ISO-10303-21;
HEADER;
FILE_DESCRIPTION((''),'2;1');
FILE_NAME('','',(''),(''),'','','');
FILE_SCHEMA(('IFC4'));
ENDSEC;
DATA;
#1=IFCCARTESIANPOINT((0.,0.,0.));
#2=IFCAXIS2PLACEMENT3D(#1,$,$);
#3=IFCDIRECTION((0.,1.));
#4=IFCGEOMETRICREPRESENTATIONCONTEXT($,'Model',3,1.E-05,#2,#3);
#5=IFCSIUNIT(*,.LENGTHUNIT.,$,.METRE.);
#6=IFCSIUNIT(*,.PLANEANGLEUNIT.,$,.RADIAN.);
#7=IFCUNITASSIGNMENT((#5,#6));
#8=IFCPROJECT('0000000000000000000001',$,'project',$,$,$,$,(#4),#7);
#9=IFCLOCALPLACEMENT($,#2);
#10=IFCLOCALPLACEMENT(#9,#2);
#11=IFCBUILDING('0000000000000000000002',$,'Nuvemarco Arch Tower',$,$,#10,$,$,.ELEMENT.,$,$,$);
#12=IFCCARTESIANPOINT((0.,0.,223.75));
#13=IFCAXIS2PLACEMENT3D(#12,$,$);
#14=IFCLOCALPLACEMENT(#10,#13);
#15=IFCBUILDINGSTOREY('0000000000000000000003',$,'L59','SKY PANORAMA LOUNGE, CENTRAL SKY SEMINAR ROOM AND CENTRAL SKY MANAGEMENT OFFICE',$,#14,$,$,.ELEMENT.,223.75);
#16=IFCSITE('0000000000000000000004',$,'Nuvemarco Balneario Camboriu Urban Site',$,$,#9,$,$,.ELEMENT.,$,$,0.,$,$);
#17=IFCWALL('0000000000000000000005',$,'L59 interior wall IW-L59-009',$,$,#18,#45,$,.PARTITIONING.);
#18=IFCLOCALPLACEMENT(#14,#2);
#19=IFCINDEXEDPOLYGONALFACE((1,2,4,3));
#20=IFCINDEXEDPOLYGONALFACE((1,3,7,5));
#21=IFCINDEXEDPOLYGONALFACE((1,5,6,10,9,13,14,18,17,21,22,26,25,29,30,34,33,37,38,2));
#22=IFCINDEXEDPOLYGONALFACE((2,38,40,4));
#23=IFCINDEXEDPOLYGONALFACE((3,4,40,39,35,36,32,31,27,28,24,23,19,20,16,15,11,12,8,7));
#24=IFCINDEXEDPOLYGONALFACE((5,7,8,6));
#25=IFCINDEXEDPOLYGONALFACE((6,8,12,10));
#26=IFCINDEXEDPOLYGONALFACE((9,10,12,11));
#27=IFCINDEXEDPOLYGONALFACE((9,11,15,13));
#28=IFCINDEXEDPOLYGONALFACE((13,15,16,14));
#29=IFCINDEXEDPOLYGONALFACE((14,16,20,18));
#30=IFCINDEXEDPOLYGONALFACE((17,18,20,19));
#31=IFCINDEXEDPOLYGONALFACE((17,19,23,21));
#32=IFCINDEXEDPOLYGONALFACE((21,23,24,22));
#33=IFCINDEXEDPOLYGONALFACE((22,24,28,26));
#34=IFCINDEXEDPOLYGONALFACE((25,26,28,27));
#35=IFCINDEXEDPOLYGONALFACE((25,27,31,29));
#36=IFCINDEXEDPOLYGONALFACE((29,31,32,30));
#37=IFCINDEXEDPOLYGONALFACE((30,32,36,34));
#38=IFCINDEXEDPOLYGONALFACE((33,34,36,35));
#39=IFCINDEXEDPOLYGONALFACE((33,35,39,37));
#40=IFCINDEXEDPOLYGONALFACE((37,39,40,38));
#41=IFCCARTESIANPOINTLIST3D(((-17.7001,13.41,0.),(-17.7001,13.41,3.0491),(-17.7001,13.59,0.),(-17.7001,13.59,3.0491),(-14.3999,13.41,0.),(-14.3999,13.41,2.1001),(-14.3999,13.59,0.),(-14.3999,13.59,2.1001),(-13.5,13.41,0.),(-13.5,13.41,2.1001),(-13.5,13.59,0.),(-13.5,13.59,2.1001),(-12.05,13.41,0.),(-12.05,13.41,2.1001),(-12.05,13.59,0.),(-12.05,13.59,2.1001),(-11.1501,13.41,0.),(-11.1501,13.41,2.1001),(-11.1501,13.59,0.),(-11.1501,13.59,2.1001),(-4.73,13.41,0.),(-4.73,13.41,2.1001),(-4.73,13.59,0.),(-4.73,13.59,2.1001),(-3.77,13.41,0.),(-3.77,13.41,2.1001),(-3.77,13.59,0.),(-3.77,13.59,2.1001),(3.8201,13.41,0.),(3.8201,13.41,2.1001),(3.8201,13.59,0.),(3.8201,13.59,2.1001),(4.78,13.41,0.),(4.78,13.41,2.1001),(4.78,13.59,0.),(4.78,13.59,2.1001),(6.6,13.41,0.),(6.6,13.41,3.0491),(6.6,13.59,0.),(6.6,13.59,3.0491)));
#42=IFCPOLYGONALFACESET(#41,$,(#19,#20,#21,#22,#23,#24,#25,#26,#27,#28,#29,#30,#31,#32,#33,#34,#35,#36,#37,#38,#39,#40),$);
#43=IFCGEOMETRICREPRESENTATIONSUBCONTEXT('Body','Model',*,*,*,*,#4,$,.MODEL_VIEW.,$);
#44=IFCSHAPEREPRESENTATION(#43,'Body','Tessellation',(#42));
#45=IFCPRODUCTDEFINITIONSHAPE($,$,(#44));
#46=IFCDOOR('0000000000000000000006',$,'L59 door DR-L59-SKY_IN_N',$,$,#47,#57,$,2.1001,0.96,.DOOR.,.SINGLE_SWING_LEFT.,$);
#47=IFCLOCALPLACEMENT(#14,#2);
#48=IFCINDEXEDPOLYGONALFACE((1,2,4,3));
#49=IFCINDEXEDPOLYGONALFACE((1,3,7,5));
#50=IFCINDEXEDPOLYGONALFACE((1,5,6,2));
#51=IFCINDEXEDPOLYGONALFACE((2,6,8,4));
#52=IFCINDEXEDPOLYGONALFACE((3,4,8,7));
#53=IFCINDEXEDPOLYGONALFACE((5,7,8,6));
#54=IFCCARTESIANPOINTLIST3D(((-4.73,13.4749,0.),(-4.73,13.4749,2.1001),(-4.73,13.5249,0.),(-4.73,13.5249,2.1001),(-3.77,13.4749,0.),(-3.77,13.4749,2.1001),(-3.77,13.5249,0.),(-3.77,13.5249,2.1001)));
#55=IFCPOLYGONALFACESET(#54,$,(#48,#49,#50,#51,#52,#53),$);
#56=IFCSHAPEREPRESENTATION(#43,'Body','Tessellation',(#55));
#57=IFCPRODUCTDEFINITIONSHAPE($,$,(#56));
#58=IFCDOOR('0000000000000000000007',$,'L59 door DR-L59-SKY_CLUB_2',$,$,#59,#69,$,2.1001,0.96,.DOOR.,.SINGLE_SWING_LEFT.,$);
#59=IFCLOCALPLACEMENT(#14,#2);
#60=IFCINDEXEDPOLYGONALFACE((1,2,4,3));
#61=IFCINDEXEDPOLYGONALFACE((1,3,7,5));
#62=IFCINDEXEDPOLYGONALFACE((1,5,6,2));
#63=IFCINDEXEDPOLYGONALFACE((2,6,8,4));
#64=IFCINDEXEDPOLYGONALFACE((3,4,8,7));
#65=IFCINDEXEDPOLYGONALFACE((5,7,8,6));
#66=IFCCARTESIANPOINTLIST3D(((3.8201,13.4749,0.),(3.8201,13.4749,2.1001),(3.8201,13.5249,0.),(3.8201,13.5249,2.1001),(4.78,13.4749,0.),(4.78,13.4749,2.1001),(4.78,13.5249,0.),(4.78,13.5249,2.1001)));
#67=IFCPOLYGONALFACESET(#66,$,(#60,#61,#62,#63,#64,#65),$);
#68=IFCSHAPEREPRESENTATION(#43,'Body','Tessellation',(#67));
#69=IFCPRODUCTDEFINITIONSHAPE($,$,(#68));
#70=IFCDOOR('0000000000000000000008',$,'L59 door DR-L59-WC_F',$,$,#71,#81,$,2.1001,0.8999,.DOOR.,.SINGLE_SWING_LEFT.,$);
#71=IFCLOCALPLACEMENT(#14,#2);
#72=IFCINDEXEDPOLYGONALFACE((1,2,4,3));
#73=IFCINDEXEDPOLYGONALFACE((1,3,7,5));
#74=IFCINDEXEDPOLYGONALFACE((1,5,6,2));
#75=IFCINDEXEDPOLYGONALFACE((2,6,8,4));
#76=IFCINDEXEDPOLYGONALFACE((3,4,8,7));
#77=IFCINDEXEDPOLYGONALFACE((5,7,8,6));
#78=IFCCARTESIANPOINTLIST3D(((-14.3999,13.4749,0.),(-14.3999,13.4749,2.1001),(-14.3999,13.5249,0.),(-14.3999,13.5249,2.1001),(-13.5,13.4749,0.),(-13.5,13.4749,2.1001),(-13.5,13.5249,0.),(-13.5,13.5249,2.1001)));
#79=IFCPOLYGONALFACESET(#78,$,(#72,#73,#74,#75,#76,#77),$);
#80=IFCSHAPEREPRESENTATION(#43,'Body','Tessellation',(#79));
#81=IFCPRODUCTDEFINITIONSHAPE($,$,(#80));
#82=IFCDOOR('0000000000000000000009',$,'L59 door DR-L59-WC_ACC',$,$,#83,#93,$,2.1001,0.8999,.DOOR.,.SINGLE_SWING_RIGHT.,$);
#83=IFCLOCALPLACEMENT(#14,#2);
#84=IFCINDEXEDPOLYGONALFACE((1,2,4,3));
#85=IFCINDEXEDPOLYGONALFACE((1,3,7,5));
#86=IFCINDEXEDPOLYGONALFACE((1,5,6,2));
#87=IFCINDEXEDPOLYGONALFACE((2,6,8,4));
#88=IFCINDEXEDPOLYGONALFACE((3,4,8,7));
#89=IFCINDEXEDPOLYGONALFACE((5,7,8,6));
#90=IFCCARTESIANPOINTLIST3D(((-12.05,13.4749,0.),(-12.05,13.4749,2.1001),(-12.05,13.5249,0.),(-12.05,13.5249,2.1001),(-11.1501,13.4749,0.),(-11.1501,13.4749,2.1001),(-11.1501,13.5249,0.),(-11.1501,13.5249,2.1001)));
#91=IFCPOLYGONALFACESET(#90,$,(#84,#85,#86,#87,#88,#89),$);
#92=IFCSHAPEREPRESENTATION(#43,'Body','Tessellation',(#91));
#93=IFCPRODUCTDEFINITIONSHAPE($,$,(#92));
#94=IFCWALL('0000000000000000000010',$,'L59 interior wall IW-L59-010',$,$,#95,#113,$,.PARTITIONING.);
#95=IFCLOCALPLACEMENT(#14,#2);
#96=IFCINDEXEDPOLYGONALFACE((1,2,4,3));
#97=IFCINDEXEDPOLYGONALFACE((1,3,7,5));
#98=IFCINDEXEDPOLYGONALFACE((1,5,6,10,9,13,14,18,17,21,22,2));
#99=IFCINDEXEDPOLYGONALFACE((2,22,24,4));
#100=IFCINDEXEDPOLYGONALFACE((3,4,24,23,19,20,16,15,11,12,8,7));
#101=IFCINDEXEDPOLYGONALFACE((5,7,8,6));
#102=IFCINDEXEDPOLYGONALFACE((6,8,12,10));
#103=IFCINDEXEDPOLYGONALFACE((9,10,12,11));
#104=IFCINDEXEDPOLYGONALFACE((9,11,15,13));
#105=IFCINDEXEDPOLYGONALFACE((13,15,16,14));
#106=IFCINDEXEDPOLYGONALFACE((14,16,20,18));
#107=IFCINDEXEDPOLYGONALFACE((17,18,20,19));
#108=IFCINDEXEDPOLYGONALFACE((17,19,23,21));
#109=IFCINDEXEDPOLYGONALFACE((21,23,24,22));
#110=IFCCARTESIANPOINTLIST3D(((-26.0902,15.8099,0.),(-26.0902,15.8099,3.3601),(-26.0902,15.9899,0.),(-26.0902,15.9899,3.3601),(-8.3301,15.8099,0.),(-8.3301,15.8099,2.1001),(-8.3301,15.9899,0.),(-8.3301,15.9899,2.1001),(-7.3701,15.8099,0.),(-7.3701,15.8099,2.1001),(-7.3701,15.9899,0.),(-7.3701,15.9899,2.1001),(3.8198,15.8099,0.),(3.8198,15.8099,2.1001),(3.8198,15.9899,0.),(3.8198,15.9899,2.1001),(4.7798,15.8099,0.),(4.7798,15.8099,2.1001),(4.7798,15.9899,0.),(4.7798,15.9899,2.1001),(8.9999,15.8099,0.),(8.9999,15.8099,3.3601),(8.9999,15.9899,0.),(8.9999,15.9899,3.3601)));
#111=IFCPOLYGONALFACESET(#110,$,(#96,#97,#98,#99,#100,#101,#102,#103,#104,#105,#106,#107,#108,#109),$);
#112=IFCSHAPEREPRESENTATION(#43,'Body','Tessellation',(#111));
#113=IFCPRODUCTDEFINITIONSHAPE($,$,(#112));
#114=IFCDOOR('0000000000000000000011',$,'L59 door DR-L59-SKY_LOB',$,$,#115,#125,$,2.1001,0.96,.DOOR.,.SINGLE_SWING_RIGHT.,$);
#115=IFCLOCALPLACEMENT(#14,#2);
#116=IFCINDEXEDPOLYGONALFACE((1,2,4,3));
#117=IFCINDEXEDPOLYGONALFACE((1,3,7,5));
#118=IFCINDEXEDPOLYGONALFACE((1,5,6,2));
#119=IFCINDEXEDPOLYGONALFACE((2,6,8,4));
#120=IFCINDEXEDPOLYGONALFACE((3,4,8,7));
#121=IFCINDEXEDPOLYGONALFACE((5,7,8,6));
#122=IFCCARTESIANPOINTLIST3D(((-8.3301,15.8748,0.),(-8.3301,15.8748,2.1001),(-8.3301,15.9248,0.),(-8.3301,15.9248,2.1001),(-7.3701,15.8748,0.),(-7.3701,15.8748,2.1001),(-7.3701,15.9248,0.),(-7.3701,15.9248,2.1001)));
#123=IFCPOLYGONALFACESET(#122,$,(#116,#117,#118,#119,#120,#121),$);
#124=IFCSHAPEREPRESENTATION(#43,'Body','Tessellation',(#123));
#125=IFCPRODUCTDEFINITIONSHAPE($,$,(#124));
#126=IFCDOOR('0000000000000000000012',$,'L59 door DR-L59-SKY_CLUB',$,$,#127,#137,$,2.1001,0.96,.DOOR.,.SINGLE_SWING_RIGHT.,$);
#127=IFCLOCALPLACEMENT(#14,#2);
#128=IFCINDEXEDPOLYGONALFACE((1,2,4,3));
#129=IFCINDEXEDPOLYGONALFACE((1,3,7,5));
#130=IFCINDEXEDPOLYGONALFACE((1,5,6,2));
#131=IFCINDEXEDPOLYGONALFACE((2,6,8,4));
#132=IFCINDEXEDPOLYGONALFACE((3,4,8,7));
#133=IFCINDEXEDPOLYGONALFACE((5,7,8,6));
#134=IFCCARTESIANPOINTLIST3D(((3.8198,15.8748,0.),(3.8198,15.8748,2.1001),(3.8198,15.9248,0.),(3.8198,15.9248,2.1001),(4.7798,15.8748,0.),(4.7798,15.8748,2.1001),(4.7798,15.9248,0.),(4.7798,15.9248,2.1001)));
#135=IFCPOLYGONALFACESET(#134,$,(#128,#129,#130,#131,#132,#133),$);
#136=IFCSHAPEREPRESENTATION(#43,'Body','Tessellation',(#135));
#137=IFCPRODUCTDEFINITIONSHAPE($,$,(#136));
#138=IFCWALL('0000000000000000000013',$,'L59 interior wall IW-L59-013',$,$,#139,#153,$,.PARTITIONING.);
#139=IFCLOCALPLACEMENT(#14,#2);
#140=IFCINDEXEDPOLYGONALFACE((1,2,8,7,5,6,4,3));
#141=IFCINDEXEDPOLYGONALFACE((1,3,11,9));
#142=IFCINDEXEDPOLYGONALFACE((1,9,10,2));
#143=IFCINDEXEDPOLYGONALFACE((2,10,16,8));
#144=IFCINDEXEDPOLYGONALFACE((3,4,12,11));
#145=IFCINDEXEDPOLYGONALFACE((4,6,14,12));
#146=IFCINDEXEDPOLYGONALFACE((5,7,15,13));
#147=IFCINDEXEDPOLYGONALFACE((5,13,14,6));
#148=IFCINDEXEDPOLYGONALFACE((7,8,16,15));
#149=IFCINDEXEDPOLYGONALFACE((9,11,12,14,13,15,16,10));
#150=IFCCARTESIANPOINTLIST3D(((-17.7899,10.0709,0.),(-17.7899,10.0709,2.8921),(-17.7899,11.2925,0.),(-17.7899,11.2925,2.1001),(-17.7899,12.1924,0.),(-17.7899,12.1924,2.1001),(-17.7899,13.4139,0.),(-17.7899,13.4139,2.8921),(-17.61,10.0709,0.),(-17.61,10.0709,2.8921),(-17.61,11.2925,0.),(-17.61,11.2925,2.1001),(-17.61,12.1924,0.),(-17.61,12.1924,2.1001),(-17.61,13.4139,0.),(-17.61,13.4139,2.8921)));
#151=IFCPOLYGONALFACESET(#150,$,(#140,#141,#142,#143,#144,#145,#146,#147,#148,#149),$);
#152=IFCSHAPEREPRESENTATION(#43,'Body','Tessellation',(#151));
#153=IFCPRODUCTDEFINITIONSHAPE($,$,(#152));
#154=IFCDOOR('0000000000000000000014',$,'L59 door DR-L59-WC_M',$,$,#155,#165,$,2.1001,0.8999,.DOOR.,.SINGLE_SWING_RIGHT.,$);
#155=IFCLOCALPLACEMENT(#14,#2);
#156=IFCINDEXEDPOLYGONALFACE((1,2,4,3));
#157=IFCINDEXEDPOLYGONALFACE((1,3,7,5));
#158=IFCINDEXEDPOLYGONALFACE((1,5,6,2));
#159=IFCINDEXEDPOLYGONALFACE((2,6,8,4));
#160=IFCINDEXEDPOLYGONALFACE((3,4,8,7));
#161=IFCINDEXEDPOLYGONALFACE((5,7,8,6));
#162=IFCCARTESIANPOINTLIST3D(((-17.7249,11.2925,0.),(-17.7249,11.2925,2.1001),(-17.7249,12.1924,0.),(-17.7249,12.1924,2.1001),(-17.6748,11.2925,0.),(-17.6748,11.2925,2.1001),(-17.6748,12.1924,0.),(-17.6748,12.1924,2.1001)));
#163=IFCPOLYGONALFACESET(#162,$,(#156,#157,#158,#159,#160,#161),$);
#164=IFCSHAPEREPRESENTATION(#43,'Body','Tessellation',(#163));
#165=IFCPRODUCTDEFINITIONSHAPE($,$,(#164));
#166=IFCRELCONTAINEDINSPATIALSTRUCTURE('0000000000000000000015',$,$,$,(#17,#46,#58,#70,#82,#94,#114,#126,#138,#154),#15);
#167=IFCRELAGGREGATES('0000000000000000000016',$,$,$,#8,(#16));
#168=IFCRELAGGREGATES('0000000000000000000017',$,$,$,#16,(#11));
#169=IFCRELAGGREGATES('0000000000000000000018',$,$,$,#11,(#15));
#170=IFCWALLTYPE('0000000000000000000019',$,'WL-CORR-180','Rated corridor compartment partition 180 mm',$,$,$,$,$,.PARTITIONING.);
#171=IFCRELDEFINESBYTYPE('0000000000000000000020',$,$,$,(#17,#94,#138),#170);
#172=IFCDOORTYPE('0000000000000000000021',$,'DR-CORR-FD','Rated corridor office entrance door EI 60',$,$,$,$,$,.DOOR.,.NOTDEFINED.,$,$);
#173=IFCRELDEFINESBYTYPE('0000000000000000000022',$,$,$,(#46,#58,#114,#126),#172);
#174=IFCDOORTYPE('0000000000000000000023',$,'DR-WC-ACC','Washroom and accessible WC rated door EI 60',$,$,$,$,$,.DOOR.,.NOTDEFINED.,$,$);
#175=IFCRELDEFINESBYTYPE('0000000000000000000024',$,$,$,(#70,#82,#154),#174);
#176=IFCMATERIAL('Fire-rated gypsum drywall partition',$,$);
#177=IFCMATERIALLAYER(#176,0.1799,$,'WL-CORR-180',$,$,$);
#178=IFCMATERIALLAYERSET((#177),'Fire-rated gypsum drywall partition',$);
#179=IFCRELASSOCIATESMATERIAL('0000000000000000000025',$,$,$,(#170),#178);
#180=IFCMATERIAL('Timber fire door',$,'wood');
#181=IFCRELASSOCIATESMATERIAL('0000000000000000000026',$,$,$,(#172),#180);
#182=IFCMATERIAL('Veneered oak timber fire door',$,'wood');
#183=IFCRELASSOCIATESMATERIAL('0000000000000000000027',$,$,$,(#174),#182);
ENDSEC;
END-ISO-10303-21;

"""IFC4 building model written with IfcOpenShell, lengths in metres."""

from ifc_helpers import new_model, si_unit, direction, frame, frame_2d, origin, place, context, subcontext, project, spatial, rectangle, extrude, source, transform, mapped, material, layer, layer_set, type_object, type_shapes, element, fill, save


model = new_model("IFC4")

# Units and contexts
model_context = context("Model", 3, precision=1e-05, world=origin(), true_north=direction((0.0, 1.0)))
body_context = subcontext(model_context, "Body", "Model", "MODEL_VIEW")
ifc_project = project(units=[si_unit("LENGTHUNIT", "METRE"), si_unit("PLANEANGLEUNIT", "RADIAN")], contexts=[model_context])

# Site, building, storey
site_placement = place(None, origin())
site = spatial("IfcSite", under=ifc_project, at=site_placement, Name="Nuvemarco Balneario Camboriu Urban Site", CompositionType="ELEMENT", RefElevation=0.0)
building_placement = place(site_placement, origin())
building = spatial("IfcBuilding", under=site, at=building_placement, Name="Nuvemarco Arch Tower", CompositionType="ELEMENT")
storey_placement = place(building_placement, frame((0.0, 0.0, 223.75)))
storey = spatial("IfcBuildingStorey", under=building, at=storey_placement, Name="L59", Description="SKY PANORAMA LOUNGE, CENTRAL SKY SEMINAR ROOM AND CENTRAL SKY MANAGEMENT OFFICE", CompositionType="ELEMENT", Elevation=223.75)

# Walls, openings, doors
ifc_material_1 = material(Name="Fire-rated gypsum drywall partition")
ifc_layer_1 = layer(ifc_material_1, 0.1799, Name="WL-CORR-180")
ifc_layer_set_1 = layer_set([ifc_layer_1], Name="Fire-rated gypsum drywall partition")
wall_type_1 = type_object("IfcWallType", Name="WL-CORR-180", Description="Rated corridor compartment partition 180 mm", PredefinedType="PARTITIONING", material=ifc_layer_set_1)
wall_1_placement = place(storey_placement, frame((-17.7, 13.5, 0.0), z_axis=(0.0, 0.0, 1.0), x_axis=(1.0, 0.0, 0.0)))
wall_1 = element("IfcWall", 1, at=wall_1_placement, inside=storey, type_object=wall_type_1, Name="L59 interior wall IW-L59-009", PredefinedType="PARTITIONING", context=body_context, shape_type="SweptSolid", body=[
    extrude(rectangle(XDim=24.3, YDim=0.1799, at=frame_2d((12.1499, 0.0))), origin(), (0.0, 0.0, 1.0), 3.0491),
])
opening_1_placement = place(wall_1_placement, frame((12.97, 0.0, 0.0)))
opening_1 = element("IfcOpeningElement", 2, at=opening_1_placement, cuts=wall_1, PredefinedType="OPENING", context=body_context, shape_type="SweptSolid", body=[
    extrude(rectangle(XDim=0.96, YDim=2.1001, at=frame_2d((0.48, 1.05))), frame((0.0, 0.0999, 0.0), z_axis=(0.0, -1.0, 0.0), x_axis=(1.0, 0.0, 0.0)), (0.0, 0.0, 1.0), 0.2),
])
opening_2_placement = place(wall_1_placement, frame((21.52, 0.0, 0.0)))
opening_2 = element("IfcOpeningElement", 3, at=opening_2_placement, cuts=wall_1, PredefinedType="OPENING", context=body_context, shape_type="SweptSolid", body=[
    extrude(rectangle(XDim=0.96, YDim=2.1001, at=frame_2d((0.48, 1.05))), frame((0.0, 0.0999, 0.0), z_axis=(0.0, -1.0, 0.0), x_axis=(1.0, 0.0, 0.0)), (0.0, 0.0, 1.0), 0.2),
])
opening_3_placement = place(wall_1_placement, frame((3.3, 0.0, 0.0)))
opening_3 = element("IfcOpeningElement", 4, at=opening_3_placement, cuts=wall_1, PredefinedType="OPENING", context=body_context, shape_type="SweptSolid", body=[
    extrude(rectangle(XDim=0.8999, YDim=2.1001, at=frame_2d((0.45, 1.05))), frame((0.0, 0.0999, 0.0), z_axis=(0.0, -1.0, 0.0), x_axis=(1.0, 0.0, 0.0)), (0.0, 0.0, 1.0), 0.2),
])
opening_4_placement = place(wall_1_placement, frame((5.6499, 0.0, 0.0)))
opening_4 = element("IfcOpeningElement", 5, at=opening_4_placement, cuts=wall_1, PredefinedType="OPENING", context=body_context, shape_type="SweptSolid", body=[
    extrude(rectangle(XDim=0.8999, YDim=2.1001, at=frame_2d((0.45, 1.05))), frame((0.0, 0.0999, 0.0), z_axis=(0.0, -1.0, 0.0), x_axis=(1.0, 0.0, 0.0)), (0.0, 0.0, 1.0), 0.2),
])
ifc_material_2 = material(Name="Timber fire door", Category="wood")
door_type_1 = type_object("IfcDoorType", Name="DR-CORR-FD", Description="Rated corridor office entrance door EI 60", OperationType="NOTDEFINED", PredefinedType="DOOR", material=ifc_material_2)
shared_shape_1 = source(origin(), body_context, "Body", "SweptSolid", [
    extrude(rectangle(XDim=0.96, YDim=2.1001, at=frame_2d((0.48, 1.05))), frame((0.0, 0.0249, 0.0), z_axis=(0.0, -1.0, 0.0), x_axis=(1.0, 0.0, 0.0)), (0.0, 0.0, 1.0), 0.05),
])
type_shapes(door_type_1, [shared_shape_1])
door_1_placement = place(opening_1_placement, origin())
door_1 = element("IfcDoor", 6, at=door_1_placement, inside=storey, type_object=door_type_1, Name="L59 door DR-L59-SKY_IN_N", OperationType="SINGLE_SWING_LEFT", OverallHeight=2.1001, OverallWidth=0.96, PredefinedType="DOOR", context=body_context, shape_type="MappedRepresentation", body=[
    mapped(shared_shape_1, transform((0.0, 0.0, 0.0), scale=1.0)),
])
fill(opening_1, door_1)
door_2_placement = place(opening_2_placement, origin())
door_2 = element("IfcDoor", 7, at=door_2_placement, inside=storey, type_object=door_type_1, Name="L59 door DR-L59-SKY_CLUB_2", OperationType="SINGLE_SWING_LEFT", OverallHeight=2.1001, OverallWidth=0.96, PredefinedType="DOOR", context=body_context, shape_type="MappedRepresentation", body=[
    mapped(shared_shape_1, transform((0.0, 0.0, 0.0), scale=1.0)),
])
fill(opening_2, door_2)
ifc_material_3 = material(Name="Veneered oak timber fire door", Category="wood")
door_type_2 = type_object("IfcDoorType", Name="DR-WC-ACC", Description="Washroom and accessible WC rated door EI 60", OperationType="NOTDEFINED", PredefinedType="DOOR", material=ifc_material_3)
shared_shape_2 = source(origin(), body_context, "Body", "SweptSolid", [
    extrude(rectangle(XDim=0.8999, YDim=2.1001, at=frame_2d((0.45, 1.05))), frame((0.0, 0.0249, 0.0), z_axis=(0.0, -1.0, 0.0), x_axis=(1.0, 0.0, 0.0)), (0.0, 0.0, 1.0), 0.05),
])
type_shapes(door_type_2, [shared_shape_2])
door_3_placement = place(opening_3_placement, origin())
door_3 = element("IfcDoor", 8, at=door_3_placement, inside=storey, type_object=door_type_2, Name="L59 door DR-L59-WC_F", OperationType="SINGLE_SWING_LEFT", OverallHeight=2.1001, OverallWidth=0.8999, PredefinedType="DOOR", context=body_context, shape_type="MappedRepresentation", body=[
    mapped(shared_shape_2, transform((0.0, 0.0, 0.0), scale=1.0)),
])
fill(opening_3, door_3)
door_4_placement = place(opening_4_placement, origin())
door_4 = element("IfcDoor", 9, at=door_4_placement, inside=storey, type_object=door_type_2, Name="L59 door DR-L59-WC_ACC", OperationType="SINGLE_SWING_RIGHT", OverallHeight=2.1001, OverallWidth=0.8999, PredefinedType="DOOR", context=body_context, shape_type="MappedRepresentation", body=[
    mapped(shared_shape_2, transform((0.0, 0.0, 0.0), scale=1.0)),
])
fill(opening_4, door_4)
wall_2_placement = place(storey_placement, frame((-26.0901, 15.8999, 0.0), z_axis=(0.0, 0.0, 1.0), x_axis=(1.0, 0.0, 0.0)))
wall_2 = element("IfcWall", 10, at=wall_2_placement, inside=storey, type_object=wall_type_1, Name="L59 interior wall IW-L59-010", PredefinedType="PARTITIONING", context=body_context, shape_type="SweptSolid", body=[
    extrude(rectangle(XDim=35.0901, YDim=0.1799, at=frame_2d((17.5449, 0.0))), origin(), (0.0, 0.0, 1.0), 3.3601),
])
opening_5_placement = place(wall_2_placement, frame((17.76, 0.0, 0.0)))
opening_5 = element("IfcOpeningElement", 11, at=opening_5_placement, cuts=wall_2, PredefinedType="OPENING", context=body_context, shape_type="SweptSolid", body=[
    extrude(rectangle(XDim=0.96, YDim=2.1001, at=frame_2d((0.48, 1.05))), frame((0.0, 0.0999, 0.0), z_axis=(0.0, -1.0, 0.0), x_axis=(1.0, 0.0, 0.0)), (0.0, 0.0, 1.0), 0.2),
])
opening_6_placement = place(wall_2_placement, frame((29.9099, 0.0, 0.0)))
opening_6 = element("IfcOpeningElement", 12, at=opening_6_placement, cuts=wall_2, PredefinedType="OPENING", context=body_context, shape_type="SweptSolid", body=[
    extrude(rectangle(XDim=0.96, YDim=2.1001, at=frame_2d((0.48, 1.05))), frame((0.0, 0.0999, 0.0), z_axis=(0.0, -1.0, 0.0), x_axis=(1.0, 0.0, 0.0)), (0.0, 0.0, 1.0), 0.2),
])
door_5_placement = place(opening_5_placement, origin())
door_5 = element("IfcDoor", 13, at=door_5_placement, inside=storey, type_object=door_type_1, Name="L59 door DR-L59-SKY_LOB", OperationType="SINGLE_SWING_RIGHT", OverallHeight=2.1001, OverallWidth=0.96, PredefinedType="DOOR", context=body_context, shape_type="MappedRepresentation", body=[
    mapped(shared_shape_1, transform((0.0, 0.0, 0.0), scale=1.0)),
])
fill(opening_5, door_5)
door_6_placement = place(opening_6_placement, origin())
door_6 = element("IfcDoor", 14, at=door_6_placement, inside=storey, type_object=door_type_1, Name="L59 door DR-L59-SKY_CLUB", OperationType="SINGLE_SWING_RIGHT", OverallHeight=2.1001, OverallWidth=0.96, PredefinedType="DOOR", context=body_context, shape_type="MappedRepresentation", body=[
    mapped(shared_shape_1, transform((0.0, 0.0, 0.0), scale=1.0)),
])
fill(opening_6, door_6)

# Wall, opening, door
wall_3_placement = place(storey_placement, frame((-17.7, 10.071, 0.0), z_axis=(0.0, 0.0, 1.0), x_axis=(0.0, 1.0, 0.0)))
wall_3 = element("IfcWall", 15, at=wall_3_placement, inside=storey, type_object=wall_type_1, Name="L59 interior wall IW-L59-013", PredefinedType="PARTITIONING", context=body_context, shape_type="SweptSolid", body=[
    extrude(rectangle(XDim=3.343, YDim=0.1799, at=frame_2d((1.6714, 0.0))), origin(), (0.0, 0.0, 1.0), 2.8921),
])
opening_7_placement = place(wall_3_placement, frame((1.2214, 0.0, 0.0)))
opening_7 = element("IfcOpeningElement", 16, at=opening_7_placement, cuts=wall_3, PredefinedType="OPENING", context=body_context, shape_type="SweptSolid", body=[
    extrude(rectangle(XDim=0.8999, YDim=2.1001, at=frame_2d((0.45, 1.05))), frame((0.0, 0.0999, 0.0), z_axis=(0.0, -1.0, 0.0), x_axis=(1.0, 0.0, 0.0)), (0.0, 0.0, 1.0), 0.2),
])
door_7_placement = place(opening_7_placement, origin())
door_7 = element("IfcDoor", 17, at=door_7_placement, inside=storey, type_object=door_type_2, Name="L59 door DR-L59-WC_M", OperationType="SINGLE_SWING_RIGHT", OverallHeight=2.1001, OverallWidth=0.8999, PredefinedType="DOOR", context=body_context, shape_type="MappedRepresentation", body=[
    mapped(shared_shape_2, transform((0.0, 0.0, 0.0), scale=1.0)),
])
fill(opening_7, door_7)

save(model, "model.ifc")
